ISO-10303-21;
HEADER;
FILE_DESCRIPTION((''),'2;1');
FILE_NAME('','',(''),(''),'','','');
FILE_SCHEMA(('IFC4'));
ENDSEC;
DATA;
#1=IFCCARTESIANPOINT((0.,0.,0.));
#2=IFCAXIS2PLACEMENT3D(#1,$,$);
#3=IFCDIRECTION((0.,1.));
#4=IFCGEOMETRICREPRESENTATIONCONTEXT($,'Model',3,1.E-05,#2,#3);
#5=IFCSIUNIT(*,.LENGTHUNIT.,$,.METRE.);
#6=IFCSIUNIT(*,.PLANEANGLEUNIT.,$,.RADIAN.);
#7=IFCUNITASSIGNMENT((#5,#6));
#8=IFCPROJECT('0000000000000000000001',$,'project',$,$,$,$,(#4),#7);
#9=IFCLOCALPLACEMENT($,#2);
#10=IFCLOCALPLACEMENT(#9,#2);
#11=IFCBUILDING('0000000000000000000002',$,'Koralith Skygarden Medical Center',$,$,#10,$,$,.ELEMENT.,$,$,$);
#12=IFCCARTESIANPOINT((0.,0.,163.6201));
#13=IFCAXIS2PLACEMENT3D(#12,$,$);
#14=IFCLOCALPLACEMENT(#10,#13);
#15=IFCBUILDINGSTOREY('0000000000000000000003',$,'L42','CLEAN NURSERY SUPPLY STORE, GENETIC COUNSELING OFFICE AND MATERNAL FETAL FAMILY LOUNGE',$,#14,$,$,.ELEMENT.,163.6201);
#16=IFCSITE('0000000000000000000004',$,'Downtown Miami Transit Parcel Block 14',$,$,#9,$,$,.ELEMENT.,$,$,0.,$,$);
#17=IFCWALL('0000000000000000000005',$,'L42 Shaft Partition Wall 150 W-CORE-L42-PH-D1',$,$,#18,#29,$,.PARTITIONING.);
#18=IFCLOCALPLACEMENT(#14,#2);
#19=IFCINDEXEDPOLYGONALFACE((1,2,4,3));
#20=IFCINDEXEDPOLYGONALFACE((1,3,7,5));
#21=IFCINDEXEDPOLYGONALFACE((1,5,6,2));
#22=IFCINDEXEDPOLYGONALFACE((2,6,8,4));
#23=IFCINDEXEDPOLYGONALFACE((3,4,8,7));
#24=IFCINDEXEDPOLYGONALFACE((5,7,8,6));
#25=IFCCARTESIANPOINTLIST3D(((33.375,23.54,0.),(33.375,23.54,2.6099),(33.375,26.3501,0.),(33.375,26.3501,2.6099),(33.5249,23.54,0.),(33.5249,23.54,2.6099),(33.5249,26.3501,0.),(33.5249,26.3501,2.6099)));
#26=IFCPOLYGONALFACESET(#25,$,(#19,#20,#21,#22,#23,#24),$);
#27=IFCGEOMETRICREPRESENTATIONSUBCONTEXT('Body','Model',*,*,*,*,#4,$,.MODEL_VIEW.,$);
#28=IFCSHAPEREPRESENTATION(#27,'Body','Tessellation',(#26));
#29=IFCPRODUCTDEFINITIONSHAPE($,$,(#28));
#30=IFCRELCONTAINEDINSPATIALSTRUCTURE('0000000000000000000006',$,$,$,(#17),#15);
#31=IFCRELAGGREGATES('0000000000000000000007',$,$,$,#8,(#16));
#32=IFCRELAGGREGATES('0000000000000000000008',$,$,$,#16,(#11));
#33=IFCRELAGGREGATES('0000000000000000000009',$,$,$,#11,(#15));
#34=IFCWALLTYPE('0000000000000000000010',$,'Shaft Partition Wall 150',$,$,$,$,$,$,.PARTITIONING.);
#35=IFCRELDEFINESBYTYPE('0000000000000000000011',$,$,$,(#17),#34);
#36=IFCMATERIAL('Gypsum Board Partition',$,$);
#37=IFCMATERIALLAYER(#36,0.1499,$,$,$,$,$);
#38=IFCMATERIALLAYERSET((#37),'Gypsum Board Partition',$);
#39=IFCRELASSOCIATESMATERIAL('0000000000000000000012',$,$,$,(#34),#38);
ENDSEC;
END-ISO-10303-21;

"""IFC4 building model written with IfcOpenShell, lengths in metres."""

from ifc_helpers import new_model, si_unit, direction, frame, frame_2d, origin, place, context, subcontext, project, spatial, rectangle, extrude, material, layer, layer_set, type_object, element, save


model = new_model("IFC4")

# Units and contexts
model_context = context("Model", 3, precision=1e-05, world=origin(), true_north=direction((0.0, 1.0)))
body_context = subcontext(model_context, "Body", "Model", "MODEL_VIEW")
ifc_project = project(units=[si_unit("LENGTHUNIT", "METRE"), si_unit("PLANEANGLEUNIT", "RADIAN")], contexts=[model_context])

# Site, building, storey
site_placement = place(None, origin())
site = spatial("IfcSite", under=ifc_project, at=site_placement, Name="Downtown Miami Transit Parcel Block 14", CompositionType="ELEMENT", RefElevation=0.0)
building_placement = place(site_placement, origin())
building = spatial("IfcBuilding", under=site, at=building_placement, Name="Koralith Skygarden Medical Center", CompositionType="ELEMENT")
storey_placement = place(building_placement, frame((0.0, 0.0, 163.6201)))
storey = spatial("IfcBuildingStorey", under=building, at=storey_placement, Name="L42", Description="CLEAN NURSERY SUPPLY STORE, GENETIC COUNSELING OFFICE AND MATERNAL FETAL FAMILY LOUNGE", CompositionType="ELEMENT", Elevation=163.6201)

# Shared definitions
ifc_material_1 = material(Name="Gypsum Board Partition")

# Wall
ifc_layer_1 = layer(ifc_material_1, 0.1499)
ifc_layer_set_1 = layer_set([ifc_layer_1], Name="Gypsum Board Partition")
wall_type_1 = type_object("IfcWallType", Name="Shaft Partition Wall 150", PredefinedType="PARTITIONING", material=ifc_layer_set_1)
wall_1_placement = place(storey_placement, frame((33.45, 23.54, 0.0), z_axis=(0.0, 0.0, 1.0), x_axis=(0.0, 1.0, 0.0)))
element("IfcWall", 1, at=wall_1_placement, inside=storey, type_object=wall_type_1, Name="L42 Shaft Partition Wall 150 W-CORE-L42-PH-D1", PredefinedType="PARTITIONING", context=body_context, shape_type="SweptSolid", body=[
    extrude(rectangle(XDim=2.8101, YDim=0.1499, at=frame_2d((1.405, 0.0))), origin(), (0.0, 0.0, 1.0), 2.6099),
])

save(model, "model.ifc")
